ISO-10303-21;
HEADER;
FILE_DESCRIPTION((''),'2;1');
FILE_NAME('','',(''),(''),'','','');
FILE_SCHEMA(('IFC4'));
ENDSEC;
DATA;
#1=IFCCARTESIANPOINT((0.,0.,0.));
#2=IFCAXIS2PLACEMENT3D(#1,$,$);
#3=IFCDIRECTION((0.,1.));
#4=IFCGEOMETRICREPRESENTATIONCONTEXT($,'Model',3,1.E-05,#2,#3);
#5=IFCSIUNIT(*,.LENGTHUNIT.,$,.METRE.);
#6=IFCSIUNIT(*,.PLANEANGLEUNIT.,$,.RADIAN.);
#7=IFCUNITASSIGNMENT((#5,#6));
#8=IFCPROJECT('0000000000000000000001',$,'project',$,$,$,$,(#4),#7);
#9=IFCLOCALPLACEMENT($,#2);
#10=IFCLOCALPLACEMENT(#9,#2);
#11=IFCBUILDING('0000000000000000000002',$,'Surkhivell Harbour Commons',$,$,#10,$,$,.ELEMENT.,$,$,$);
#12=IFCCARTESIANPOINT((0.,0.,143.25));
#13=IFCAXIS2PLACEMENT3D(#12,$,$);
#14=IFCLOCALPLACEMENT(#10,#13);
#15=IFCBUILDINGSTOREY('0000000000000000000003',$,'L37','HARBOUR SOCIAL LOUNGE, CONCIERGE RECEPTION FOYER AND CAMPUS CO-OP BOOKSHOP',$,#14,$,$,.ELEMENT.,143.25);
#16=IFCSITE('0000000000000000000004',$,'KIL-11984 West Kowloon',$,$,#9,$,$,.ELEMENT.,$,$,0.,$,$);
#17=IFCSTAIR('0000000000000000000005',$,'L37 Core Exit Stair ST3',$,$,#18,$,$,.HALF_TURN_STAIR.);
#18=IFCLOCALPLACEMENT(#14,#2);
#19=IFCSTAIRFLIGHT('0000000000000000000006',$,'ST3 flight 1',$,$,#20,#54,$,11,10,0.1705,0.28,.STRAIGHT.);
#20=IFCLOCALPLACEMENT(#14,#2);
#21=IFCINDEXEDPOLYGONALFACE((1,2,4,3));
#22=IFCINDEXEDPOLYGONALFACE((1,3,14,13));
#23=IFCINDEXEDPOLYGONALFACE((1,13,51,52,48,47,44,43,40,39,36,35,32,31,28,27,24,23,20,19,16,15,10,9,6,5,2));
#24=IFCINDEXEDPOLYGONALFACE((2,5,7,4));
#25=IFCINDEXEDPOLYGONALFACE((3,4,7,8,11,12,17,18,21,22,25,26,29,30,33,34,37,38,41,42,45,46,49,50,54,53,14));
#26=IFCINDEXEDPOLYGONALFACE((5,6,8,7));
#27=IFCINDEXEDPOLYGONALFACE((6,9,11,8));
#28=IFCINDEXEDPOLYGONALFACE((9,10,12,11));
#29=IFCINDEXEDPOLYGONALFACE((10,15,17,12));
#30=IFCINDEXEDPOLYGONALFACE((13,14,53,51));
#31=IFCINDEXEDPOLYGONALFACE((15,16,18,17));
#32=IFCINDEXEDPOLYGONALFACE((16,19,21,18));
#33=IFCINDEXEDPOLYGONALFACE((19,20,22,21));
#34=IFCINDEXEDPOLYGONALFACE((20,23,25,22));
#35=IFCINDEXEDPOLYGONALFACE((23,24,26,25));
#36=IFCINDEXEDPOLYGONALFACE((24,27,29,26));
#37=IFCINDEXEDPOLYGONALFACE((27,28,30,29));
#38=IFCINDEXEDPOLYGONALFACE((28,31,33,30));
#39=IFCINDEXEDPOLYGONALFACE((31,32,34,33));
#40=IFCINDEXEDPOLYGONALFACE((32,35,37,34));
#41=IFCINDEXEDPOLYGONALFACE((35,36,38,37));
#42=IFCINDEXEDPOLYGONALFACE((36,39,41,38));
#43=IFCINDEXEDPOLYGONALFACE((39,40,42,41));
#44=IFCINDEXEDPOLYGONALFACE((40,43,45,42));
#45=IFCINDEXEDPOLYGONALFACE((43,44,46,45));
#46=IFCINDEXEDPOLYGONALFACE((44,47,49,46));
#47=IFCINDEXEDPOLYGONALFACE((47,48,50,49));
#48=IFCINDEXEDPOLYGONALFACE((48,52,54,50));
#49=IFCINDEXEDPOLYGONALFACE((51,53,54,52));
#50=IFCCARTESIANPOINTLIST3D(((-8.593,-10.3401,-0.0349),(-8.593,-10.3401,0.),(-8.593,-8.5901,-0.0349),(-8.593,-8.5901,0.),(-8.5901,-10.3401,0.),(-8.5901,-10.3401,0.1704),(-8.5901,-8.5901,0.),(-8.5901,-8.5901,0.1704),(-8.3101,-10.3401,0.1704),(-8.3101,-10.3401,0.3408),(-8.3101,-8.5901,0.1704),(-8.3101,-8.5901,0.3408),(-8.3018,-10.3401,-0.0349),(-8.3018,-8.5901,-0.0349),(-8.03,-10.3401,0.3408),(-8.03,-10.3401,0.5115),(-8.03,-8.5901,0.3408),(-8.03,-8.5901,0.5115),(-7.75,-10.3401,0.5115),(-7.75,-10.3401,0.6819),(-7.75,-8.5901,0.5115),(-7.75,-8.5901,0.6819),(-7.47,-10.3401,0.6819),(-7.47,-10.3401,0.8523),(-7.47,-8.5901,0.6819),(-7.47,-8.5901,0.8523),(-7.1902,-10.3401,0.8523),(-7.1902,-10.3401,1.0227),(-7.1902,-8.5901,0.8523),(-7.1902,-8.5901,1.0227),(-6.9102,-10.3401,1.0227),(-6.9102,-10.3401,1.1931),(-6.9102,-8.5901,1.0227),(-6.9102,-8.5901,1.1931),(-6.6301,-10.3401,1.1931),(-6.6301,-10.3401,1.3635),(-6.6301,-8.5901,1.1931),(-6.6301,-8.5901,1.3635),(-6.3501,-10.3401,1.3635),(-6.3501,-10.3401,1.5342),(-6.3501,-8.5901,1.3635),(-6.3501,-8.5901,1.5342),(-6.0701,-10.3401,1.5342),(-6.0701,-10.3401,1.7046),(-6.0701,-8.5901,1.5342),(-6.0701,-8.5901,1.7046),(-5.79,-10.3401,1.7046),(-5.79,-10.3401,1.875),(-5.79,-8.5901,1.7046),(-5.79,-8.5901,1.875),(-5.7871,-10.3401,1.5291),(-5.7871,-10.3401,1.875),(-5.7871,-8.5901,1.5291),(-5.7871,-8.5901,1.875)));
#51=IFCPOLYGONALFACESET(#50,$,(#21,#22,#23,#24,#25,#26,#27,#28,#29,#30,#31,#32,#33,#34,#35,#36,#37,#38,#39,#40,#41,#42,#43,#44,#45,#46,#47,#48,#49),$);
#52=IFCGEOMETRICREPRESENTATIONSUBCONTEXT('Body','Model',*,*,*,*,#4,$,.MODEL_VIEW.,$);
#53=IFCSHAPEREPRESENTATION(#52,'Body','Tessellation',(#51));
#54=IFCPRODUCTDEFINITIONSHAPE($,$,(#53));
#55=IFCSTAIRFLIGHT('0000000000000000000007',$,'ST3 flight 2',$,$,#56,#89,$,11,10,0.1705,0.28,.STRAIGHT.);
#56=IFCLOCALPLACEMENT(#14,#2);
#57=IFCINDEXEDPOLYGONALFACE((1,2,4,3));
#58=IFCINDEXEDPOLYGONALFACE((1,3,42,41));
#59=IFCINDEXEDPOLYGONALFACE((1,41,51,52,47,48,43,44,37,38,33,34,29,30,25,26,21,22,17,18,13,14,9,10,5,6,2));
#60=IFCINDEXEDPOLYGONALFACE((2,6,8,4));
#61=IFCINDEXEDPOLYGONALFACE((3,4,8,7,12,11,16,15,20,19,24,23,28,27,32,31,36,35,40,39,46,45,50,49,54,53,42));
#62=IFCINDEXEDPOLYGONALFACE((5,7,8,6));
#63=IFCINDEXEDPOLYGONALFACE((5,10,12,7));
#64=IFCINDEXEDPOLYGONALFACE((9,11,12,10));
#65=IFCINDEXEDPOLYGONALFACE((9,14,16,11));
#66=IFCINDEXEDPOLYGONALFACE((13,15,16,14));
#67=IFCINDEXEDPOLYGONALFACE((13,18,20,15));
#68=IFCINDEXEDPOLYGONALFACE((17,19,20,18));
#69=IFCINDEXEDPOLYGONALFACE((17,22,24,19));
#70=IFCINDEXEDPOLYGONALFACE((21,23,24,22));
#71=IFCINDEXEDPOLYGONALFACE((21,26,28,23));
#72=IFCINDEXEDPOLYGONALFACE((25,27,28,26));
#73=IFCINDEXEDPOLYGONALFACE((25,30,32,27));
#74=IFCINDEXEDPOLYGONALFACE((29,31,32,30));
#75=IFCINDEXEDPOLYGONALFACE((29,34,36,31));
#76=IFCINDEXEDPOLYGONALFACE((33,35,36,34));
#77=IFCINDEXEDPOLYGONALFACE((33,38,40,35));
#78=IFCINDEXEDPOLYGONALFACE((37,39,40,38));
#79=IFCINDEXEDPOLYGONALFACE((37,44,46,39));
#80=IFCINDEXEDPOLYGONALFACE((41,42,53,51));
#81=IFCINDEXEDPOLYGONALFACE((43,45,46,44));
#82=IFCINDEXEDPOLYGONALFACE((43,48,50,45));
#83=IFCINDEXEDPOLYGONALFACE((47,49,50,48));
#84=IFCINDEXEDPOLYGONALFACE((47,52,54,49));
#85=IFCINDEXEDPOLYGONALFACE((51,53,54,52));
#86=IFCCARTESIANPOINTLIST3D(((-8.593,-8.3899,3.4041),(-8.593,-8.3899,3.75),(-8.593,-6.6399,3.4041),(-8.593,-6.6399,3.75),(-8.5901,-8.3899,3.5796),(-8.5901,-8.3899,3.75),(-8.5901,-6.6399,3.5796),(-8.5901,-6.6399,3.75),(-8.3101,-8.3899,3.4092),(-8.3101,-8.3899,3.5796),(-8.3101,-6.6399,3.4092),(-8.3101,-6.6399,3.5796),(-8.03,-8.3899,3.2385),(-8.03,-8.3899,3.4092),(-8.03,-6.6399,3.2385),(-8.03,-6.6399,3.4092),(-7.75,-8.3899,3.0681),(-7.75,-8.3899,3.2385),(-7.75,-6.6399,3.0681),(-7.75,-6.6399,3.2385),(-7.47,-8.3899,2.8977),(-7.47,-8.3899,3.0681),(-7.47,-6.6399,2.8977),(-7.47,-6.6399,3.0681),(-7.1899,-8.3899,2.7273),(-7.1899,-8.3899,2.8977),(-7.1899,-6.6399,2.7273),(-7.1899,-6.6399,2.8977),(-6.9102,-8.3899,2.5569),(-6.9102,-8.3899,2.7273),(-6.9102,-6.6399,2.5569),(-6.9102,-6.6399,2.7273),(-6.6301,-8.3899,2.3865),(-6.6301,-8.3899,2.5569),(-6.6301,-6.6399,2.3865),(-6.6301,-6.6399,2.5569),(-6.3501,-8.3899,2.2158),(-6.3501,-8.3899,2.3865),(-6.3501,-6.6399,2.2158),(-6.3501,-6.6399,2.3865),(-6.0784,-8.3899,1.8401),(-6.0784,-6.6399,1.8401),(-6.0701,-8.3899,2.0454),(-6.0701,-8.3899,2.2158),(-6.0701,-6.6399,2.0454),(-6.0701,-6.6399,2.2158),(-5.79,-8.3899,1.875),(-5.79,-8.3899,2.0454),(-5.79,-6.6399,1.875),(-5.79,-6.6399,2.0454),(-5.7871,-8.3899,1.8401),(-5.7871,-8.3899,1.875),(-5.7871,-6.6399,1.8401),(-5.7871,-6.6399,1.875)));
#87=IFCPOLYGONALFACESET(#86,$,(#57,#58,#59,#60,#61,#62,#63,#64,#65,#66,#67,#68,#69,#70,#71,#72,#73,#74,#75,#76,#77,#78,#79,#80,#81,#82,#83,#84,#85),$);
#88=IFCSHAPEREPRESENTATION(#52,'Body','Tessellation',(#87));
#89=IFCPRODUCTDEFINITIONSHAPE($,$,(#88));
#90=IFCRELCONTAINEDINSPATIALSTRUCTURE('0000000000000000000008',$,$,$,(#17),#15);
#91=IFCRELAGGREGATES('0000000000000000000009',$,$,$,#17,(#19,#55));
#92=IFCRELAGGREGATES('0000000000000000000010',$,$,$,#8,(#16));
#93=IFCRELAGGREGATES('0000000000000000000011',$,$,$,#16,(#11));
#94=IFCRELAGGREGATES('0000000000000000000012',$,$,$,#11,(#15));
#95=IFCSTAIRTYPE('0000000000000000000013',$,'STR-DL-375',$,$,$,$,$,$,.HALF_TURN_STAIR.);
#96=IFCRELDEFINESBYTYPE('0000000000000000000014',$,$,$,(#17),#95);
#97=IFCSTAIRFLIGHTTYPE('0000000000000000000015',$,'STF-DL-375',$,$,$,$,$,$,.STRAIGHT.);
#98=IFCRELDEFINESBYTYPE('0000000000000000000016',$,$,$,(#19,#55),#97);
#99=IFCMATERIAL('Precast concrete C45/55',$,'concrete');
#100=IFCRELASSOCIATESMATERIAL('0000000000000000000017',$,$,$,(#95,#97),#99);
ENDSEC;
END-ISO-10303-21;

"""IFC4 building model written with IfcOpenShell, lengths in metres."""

from ifc_helpers import new_model, si_unit, direction, frame, origin, place, context, subcontext, project, spatial, polyline, outline, extrude, material, type_object, element, aggregate, save


model = new_model("IFC4")

# Units and contexts
model_context = context("Model", 3, precision=1e-05, world=origin(), true_north=direction((0.0, 1.0)))
body_context = subcontext(model_context, "Body", "Model", "MODEL_VIEW")
ifc_project = project(units=[si_unit("LENGTHUNIT", "METRE"), si_unit("PLANEANGLEUNIT", "RADIAN")], contexts=[model_context])

# Site, building, storey
site_placement = place(None, origin())
site = spatial("IfcSite", under=ifc_project, at=site_placement, Name="KIL-11984 West Kowloon", CompositionType="ELEMENT", RefElevation=0.0)
building_placement = place(site_placement, origin())
building = spatial("IfcBuilding", under=site, at=building_placement, Name="Surkhivell Harbour Commons", CompositionType="ELEMENT")
storey_placement = place(building_placement, frame((0.0, 0.0, 143.25)))
storey = spatial("IfcBuildingStorey", under=building, at=storey_placement, Name="L37", Description="HARBOUR SOCIAL LOUNGE, CONCIERGE RECEPTION FOYER AND CAMPUS CO-OP BOOKSHOP", CompositionType="ELEMENT", Elevation=143.25)

# Stair, stair flights
ifc_material_1 = material(Name="Precast concrete C45/55", Category="concrete")
stair_type = type_object("IfcStairType", Name="STR-DL-375", PredefinedType="HALF_TURN_STAIR", material=ifc_material_1)
stair_placement = place(storey_placement, origin())
stair = element("IfcStair", 1, at=stair_placement, inside=storey, type_object=stair_type, Name="L37 Core Exit Stair ST3", PredefinedType="HALF_TURN_STAIR")
stair_flight_type = type_object("IfcStairFlightType", Name="STF-DL-375", PredefinedType="STRAIGHT", material=ifc_material_1)
stair_flight_1_placement = place(storey_placement, frame((-8.5901, -9.4651, 0.0), z_axis=(0.0, 0.0, 1.0), x_axis=(1.0, 0.0, 0.0)))
stair_flight_1 = element("IfcStairFlight", 2, at=stair_flight_1_placement, type_object=stair_flight_type, Name="ST3 flight 1", NumberOfRisers=11, NumberOfTreads=10, PredefinedType="STRAIGHT", RiserHeight=0.1705, TreadLength=0.28, context=body_context, shape_type="SweptSolid", body=[
    extrude(outline(polyline([(-0.0029, -0.0349), (-0.0029, 0.0), (0.0, 0.0), (0.0, 0.1704), (0.28, 0.1704), (0.28, 0.3408), (0.5601, 0.3408), (0.5601, 0.5115), (0.8401, 0.5115), (0.8401, 0.6819), (1.1201, 0.6819), (1.1201, 0.8523), (1.3999, 0.8523), (1.3999, 1.0227), (1.6799, 1.0227), (1.6799, 1.1931), (1.96, 1.1931), (1.96, 1.3635), (2.24, 1.3635), (2.24, 1.5342), (2.52, 1.5342), (2.52, 1.7046), (2.8, 1.7046), (2.8, 1.875), (2.803, 1.875), (2.803, 1.5291), (0.2883, -0.0349), (-0.0029, -0.0349)])), frame((0.0, 0.875, 0.0), z_axis=(0.0, -1.0, 0.0), x_axis=(1.0, 0.0, 0.0)), (0.0, 0.0, 1.0), 1.75),
])
stair_flight_2_placement = place(storey_placement, frame((-5.79, -7.5149, 1.875), z_axis=(0.0, 0.0, 1.0), x_axis=(-1.0, 0.0, 0.0)))
stair_flight_2 = element("IfcStairFlight", 3, at=stair_flight_2_placement, type_object=stair_flight_type, Name="ST3 flight 2", NumberOfRisers=11, NumberOfTreads=10, PredefinedType="STRAIGHT", RiserHeight=0.1705, TreadLength=0.28, context=body_context, shape_type="SweptSolid", body=[
    extrude(outline(polyline([(-0.0029, -0.0349), (-0.0029, 0.0), (0.0, 0.0), (0.0, 0.1704), (0.28, 0.1704), (0.28, 0.3408), (0.5601, 0.3408), (0.5601, 0.5115), (0.8401, 0.5115), (0.8401, 0.6819), (1.1201, 0.6819), (1.1201, 0.8523), (1.3999, 0.8523), (1.3999, 1.0227), (1.6799, 1.0227), (1.6799, 1.1931), (1.96, 1.1931), (1.96, 1.3635), (2.24, 1.3635), (2.24, 1.5342), (2.52, 1.5342), (2.52, 1.7046), (2.8, 1.7046), (2.8, 1.875), (2.803, 1.875), (2.803, 1.5291), (0.2883, -0.0349), (-0.0029, -0.0349)])), frame((0.0, 0.875, 0.0), z_axis=(0.0, -1.0, 0.0), x_axis=(1.0, 0.0, 0.0)), (0.0, 0.0, 1.0), 1.75),
])
aggregate(stair, [stair_flight_1, stair_flight_2])

save(model, "model.ifc")
